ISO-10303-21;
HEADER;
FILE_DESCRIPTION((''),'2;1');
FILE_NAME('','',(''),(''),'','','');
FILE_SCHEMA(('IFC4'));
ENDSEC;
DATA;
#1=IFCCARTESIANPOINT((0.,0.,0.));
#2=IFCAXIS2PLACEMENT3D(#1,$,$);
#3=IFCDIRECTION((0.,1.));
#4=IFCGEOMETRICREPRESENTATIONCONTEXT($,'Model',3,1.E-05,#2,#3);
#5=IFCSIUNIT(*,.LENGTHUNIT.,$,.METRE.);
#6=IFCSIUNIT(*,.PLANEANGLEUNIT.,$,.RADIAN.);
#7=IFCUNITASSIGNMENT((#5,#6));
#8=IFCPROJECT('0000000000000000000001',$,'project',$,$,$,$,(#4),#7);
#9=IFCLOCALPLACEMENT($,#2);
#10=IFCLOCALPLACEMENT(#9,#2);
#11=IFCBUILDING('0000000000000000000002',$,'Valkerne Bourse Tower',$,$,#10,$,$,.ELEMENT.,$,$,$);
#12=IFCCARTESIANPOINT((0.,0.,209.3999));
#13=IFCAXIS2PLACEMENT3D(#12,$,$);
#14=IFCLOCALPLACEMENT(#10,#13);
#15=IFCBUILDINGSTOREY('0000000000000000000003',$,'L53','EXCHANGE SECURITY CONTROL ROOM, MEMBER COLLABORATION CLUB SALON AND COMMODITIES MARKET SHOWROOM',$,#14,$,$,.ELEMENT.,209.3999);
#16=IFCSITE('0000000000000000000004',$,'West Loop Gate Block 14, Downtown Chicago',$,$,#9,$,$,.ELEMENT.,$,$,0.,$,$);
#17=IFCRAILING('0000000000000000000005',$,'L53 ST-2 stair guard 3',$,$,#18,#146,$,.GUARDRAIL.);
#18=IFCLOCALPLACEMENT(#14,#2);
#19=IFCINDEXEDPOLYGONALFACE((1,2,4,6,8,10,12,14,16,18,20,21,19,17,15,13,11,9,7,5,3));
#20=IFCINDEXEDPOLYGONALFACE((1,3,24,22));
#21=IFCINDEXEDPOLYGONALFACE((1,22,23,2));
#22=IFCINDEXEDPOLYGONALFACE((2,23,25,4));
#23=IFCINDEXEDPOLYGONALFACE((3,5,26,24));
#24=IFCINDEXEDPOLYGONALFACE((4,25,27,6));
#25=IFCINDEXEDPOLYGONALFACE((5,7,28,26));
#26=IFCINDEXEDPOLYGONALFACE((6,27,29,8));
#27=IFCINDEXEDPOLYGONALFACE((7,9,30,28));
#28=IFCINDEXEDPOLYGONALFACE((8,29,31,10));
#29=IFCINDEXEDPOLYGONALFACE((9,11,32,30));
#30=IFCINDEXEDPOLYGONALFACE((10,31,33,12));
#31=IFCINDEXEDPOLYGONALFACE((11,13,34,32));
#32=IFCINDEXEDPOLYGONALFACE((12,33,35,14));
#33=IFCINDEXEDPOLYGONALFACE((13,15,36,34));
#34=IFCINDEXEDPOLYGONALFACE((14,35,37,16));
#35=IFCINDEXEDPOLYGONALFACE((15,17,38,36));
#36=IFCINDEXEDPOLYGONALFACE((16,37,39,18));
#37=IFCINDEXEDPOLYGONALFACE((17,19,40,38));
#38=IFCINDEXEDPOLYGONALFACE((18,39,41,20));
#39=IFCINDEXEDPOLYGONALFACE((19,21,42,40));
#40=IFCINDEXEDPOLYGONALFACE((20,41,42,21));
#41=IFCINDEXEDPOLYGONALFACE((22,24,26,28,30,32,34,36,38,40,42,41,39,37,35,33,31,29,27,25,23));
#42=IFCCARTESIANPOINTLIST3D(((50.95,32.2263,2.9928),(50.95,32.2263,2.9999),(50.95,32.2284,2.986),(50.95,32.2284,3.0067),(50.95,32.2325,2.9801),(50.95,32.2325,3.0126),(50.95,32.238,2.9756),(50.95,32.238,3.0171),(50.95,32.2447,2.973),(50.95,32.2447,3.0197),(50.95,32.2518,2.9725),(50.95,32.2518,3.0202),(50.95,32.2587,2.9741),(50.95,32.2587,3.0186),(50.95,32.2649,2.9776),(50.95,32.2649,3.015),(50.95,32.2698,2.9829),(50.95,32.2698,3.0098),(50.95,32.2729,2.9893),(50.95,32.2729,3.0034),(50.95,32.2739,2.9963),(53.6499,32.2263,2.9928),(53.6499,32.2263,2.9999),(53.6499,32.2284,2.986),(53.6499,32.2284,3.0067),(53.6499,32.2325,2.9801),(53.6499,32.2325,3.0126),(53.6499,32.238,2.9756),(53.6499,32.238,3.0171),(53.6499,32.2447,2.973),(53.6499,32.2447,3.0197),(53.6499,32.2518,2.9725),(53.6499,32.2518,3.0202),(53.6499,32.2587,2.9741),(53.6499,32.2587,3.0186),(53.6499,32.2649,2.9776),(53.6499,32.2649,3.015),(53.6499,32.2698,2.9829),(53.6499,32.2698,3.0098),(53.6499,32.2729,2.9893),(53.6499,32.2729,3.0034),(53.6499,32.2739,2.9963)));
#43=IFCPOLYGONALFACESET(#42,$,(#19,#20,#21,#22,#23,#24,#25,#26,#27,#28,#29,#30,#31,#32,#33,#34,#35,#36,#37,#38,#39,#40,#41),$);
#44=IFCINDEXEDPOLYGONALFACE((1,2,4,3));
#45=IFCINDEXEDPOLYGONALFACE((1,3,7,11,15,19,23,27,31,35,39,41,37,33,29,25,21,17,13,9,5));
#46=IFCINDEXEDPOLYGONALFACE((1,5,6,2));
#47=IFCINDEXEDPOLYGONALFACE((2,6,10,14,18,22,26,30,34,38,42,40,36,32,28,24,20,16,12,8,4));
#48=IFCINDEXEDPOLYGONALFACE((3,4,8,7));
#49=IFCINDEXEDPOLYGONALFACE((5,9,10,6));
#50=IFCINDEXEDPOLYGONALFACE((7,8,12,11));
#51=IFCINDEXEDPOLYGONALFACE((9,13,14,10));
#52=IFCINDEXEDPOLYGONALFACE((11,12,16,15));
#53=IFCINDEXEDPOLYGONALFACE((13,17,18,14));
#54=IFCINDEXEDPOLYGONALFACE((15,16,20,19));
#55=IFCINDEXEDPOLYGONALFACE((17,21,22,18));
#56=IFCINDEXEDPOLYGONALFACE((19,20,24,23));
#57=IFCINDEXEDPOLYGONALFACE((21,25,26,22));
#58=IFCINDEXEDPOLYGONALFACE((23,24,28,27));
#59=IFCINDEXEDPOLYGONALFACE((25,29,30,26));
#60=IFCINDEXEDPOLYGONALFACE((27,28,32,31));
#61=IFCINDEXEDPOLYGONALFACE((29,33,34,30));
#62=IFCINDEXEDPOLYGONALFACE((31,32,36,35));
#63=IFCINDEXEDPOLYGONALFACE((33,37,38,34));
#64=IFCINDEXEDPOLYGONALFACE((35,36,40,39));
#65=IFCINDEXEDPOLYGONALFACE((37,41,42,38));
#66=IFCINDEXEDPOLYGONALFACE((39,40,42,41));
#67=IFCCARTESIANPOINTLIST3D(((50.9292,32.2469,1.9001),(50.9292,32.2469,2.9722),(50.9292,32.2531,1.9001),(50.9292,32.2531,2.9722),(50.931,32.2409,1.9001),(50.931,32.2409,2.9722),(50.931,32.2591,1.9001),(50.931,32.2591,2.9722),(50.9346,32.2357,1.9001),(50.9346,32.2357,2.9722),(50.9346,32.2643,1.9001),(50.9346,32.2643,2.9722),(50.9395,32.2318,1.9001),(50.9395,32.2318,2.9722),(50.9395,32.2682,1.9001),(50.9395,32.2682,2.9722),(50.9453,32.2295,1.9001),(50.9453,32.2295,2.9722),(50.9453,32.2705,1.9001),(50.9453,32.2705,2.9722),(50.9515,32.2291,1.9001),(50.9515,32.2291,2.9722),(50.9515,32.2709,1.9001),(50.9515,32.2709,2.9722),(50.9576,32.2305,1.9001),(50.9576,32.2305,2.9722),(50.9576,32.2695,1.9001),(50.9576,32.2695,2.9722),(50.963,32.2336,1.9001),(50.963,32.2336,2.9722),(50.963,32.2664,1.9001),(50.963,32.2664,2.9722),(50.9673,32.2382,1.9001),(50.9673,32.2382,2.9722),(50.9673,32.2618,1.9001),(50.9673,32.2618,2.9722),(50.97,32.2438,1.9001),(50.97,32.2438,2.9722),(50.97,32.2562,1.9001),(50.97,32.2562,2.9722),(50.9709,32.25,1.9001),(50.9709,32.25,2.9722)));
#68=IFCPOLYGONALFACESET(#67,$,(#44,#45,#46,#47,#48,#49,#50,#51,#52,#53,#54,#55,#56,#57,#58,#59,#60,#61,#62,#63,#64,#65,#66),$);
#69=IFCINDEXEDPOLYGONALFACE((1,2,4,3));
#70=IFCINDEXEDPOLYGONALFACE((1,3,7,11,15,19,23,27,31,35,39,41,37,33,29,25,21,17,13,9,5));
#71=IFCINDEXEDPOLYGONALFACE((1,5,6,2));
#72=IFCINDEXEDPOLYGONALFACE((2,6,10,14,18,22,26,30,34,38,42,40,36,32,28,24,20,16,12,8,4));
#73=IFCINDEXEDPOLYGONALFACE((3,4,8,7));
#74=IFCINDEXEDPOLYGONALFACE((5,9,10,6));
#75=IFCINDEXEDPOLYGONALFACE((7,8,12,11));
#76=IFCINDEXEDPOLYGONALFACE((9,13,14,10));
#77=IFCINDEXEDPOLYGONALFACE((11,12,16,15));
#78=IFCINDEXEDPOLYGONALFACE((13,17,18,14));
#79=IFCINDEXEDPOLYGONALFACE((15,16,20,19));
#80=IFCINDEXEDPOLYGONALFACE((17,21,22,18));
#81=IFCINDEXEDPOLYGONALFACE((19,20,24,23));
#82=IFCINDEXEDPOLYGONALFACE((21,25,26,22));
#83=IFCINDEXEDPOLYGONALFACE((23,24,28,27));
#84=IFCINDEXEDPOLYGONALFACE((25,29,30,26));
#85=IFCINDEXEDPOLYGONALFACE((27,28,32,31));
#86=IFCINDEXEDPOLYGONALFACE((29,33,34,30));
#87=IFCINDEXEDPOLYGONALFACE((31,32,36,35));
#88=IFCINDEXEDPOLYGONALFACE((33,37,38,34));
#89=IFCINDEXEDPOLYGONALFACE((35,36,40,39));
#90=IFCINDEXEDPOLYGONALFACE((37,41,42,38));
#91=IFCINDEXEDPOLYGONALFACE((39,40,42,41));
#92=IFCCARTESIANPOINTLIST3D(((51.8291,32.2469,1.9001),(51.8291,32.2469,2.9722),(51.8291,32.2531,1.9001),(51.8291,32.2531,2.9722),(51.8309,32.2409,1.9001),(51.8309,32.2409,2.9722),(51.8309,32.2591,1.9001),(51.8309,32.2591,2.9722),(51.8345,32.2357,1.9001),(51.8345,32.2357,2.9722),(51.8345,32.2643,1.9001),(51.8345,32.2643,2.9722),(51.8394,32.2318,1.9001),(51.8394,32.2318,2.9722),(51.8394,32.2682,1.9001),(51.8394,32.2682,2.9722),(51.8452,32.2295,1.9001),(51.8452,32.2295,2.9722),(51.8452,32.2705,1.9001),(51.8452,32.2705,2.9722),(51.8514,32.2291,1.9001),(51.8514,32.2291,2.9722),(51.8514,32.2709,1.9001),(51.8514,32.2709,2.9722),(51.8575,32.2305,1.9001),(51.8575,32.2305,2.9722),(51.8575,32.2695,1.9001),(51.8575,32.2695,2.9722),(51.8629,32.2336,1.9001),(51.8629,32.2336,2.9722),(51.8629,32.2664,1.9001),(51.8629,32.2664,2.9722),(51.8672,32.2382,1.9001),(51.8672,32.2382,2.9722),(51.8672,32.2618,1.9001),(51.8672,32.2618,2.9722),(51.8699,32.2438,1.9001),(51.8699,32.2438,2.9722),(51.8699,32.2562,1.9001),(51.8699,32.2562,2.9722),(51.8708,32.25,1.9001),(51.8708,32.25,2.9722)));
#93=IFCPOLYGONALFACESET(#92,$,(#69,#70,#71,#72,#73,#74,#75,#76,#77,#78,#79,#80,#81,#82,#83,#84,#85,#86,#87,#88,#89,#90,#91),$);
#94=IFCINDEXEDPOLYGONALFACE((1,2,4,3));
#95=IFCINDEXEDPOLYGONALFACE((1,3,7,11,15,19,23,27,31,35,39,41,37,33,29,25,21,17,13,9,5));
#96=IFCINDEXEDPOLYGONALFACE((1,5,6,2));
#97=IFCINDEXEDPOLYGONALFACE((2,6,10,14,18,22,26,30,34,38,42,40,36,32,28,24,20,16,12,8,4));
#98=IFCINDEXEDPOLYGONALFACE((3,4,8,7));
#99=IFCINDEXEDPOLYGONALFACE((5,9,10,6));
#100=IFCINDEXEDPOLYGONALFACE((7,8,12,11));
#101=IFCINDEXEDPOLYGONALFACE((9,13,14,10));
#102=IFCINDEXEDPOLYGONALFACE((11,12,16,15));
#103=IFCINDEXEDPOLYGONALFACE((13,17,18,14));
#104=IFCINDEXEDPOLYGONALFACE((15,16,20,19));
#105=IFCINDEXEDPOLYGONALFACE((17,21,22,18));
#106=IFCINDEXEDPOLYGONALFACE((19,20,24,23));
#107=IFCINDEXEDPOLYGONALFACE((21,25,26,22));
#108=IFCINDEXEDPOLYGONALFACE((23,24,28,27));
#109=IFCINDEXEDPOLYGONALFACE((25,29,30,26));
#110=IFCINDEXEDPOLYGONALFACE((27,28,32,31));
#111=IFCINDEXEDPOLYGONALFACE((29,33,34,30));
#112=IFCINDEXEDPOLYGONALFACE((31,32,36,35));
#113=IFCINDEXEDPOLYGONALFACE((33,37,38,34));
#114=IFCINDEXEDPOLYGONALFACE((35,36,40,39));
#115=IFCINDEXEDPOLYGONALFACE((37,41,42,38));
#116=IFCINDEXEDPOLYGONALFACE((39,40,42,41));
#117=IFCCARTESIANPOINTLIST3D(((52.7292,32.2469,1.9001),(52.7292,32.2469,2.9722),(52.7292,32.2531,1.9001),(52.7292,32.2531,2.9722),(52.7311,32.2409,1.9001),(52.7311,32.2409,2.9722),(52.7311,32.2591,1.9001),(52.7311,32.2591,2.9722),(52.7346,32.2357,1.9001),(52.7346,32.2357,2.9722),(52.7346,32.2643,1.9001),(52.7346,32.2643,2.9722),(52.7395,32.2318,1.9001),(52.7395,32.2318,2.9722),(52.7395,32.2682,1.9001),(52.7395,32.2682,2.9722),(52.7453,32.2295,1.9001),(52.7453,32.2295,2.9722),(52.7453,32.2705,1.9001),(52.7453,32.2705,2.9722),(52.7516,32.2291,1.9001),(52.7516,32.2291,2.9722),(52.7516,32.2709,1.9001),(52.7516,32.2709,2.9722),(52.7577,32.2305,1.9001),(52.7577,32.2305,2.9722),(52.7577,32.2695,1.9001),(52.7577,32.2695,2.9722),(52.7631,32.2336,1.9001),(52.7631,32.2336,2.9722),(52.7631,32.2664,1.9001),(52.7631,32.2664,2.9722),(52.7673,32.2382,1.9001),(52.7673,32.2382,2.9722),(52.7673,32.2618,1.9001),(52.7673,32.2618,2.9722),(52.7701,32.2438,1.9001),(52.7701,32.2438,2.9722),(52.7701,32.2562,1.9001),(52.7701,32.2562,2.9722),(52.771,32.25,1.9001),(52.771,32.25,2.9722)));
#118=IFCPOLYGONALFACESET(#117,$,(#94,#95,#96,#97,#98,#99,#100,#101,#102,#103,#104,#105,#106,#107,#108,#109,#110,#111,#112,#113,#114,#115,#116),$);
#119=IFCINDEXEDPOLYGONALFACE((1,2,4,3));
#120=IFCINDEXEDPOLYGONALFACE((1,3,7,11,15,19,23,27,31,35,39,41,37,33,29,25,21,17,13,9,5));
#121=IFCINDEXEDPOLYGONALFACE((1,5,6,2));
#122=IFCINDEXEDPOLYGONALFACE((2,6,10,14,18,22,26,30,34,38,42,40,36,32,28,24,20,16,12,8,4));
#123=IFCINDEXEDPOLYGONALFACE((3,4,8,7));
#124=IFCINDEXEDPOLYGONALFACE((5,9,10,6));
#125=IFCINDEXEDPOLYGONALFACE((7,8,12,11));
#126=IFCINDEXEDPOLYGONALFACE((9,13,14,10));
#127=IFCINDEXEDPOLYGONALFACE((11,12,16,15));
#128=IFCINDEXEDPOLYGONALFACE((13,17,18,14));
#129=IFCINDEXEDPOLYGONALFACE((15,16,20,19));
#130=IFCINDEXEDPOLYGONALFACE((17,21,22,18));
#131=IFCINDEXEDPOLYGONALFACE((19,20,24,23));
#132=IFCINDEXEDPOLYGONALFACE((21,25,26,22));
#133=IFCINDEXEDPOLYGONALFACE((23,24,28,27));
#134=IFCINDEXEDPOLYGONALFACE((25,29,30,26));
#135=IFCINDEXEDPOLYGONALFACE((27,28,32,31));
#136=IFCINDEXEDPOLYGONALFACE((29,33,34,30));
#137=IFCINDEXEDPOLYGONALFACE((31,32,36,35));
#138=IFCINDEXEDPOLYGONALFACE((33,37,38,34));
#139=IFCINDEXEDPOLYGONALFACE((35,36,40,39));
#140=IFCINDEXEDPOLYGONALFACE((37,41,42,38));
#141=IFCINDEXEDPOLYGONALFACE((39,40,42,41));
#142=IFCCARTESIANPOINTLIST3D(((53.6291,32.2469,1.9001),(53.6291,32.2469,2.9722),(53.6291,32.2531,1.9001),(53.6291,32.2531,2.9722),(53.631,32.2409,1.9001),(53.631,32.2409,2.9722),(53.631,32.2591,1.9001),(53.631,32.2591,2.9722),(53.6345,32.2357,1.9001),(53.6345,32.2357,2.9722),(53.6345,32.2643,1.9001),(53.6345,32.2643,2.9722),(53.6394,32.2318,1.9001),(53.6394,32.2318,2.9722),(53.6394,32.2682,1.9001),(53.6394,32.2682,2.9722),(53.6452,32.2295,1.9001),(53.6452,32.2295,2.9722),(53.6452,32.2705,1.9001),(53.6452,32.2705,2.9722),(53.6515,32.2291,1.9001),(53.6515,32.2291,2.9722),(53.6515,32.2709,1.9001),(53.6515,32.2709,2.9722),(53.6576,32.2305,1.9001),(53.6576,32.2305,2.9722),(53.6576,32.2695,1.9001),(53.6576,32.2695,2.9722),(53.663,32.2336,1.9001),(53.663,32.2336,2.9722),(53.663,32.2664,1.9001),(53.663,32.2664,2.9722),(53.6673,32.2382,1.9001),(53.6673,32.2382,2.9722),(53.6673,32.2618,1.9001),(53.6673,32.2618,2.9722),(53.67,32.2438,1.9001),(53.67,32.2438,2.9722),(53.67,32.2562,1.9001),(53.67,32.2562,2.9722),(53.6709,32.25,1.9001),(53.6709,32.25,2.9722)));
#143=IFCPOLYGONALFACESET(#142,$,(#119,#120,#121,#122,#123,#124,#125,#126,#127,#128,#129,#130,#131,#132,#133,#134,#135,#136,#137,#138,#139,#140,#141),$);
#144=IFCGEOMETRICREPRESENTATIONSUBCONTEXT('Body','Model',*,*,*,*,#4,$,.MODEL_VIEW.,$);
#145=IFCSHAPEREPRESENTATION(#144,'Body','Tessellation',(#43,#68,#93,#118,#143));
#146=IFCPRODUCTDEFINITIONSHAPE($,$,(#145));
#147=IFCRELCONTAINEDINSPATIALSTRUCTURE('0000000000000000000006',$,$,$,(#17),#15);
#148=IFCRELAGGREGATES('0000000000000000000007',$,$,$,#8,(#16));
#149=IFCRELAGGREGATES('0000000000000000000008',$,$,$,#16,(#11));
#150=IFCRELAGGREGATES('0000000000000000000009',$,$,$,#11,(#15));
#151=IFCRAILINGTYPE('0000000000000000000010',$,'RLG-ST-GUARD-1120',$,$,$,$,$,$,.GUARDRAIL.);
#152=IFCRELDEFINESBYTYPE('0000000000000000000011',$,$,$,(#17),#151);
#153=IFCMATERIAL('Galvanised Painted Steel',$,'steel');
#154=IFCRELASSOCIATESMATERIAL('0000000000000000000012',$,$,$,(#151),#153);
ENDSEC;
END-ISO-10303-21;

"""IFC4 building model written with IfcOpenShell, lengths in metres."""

from ifc_helpers import new_model, si_unit, direction, frame, origin, origin_2d, place, context, subcontext, project, spatial, circle, extrude, material, type_object, element, save


model = new_model("IFC4")

# Units and contexts
model_context = context("Model", 3, precision=1e-05, world=origin(), true_north=direction((0.0, 1.0)))
body_context = subcontext(model_context, "Body", "Model", "MODEL_VIEW")
ifc_project = project(units=[si_unit("LENGTHUNIT", "METRE"), si_unit("PLANEANGLEUNIT", "RADIAN")], contexts=[model_context])

# Site, building, storey
site_placement = place(None, origin())
site = spatial("IfcSite", under=ifc_project, at=site_placement, Name="West Loop Gate Block 14, Downtown Chicago", CompositionType="ELEMENT", RefElevation=0.0)
building_placement = place(site_placement, origin())
building = spatial("IfcBuilding", under=site, at=building_placement, Name="Valkerne Bourse Tower", CompositionType="ELEMENT")
storey_placement = place(building_placement, frame((0.0, 0.0, 209.3999)))
storey = spatial("IfcBuildingStorey", under=building, at=storey_placement, Name="L53", Description="EXCHANGE SECURITY CONTROL ROOM, MEMBER COLLABORATION CLUB SALON AND COMMODITIES MARKET SHOWROOM", CompositionType="ELEMENT", Elevation=209.3999)

# Shared definitions
ifc_material_1 = material(Name="Galvanised Painted Steel", Category="steel")

# Railing
railing_type_1 = type_object("IfcRailingType", Name="RLG-ST-GUARD-1120", PredefinedType="GUARDRAIL", material=ifc_material_1)
railing_1_placement = place(storey_placement, frame((50.95, 32.25, 1.9001)))
element("IfcRailing", 1, at=railing_1_placement, inside=storey, type_object=railing_type_1, Name="L53 ST-2 stair guard 3", PredefinedType="GUARDRAIL", context=body_context, shape_type="SweptSolid", body=[
    extrude(circle(Radius=0.0239, at=origin_2d()), frame((0.0, 0.0, 1.0962), z_axis=(1.0, 0.0, 0.0), x_axis=(0.0, 1.0, 0.0)), (0.0, 0.0, 1.0), 2.7),
    extrude(circle(Radius=0.021, at=origin_2d()), origin(), (0.0, 0.0, 1.0), 1.072),
    extrude(circle(Radius=0.021, at=origin_2d()), frame((0.8999, 0.0, 0.0)), (0.0, 0.0, 1.0), 1.072),
    extrude(circle(Radius=0.021, at=origin_2d()), frame((1.8, 0.0, 0.0)), (0.0, 0.0, 1.0), 1.072),
    extrude(circle(Radius=0.021, at=origin_2d()), frame((2.7, 0.0, 0.0)), (0.0, 0.0, 1.0), 1.072),
])

save(model, "model.ifc")
